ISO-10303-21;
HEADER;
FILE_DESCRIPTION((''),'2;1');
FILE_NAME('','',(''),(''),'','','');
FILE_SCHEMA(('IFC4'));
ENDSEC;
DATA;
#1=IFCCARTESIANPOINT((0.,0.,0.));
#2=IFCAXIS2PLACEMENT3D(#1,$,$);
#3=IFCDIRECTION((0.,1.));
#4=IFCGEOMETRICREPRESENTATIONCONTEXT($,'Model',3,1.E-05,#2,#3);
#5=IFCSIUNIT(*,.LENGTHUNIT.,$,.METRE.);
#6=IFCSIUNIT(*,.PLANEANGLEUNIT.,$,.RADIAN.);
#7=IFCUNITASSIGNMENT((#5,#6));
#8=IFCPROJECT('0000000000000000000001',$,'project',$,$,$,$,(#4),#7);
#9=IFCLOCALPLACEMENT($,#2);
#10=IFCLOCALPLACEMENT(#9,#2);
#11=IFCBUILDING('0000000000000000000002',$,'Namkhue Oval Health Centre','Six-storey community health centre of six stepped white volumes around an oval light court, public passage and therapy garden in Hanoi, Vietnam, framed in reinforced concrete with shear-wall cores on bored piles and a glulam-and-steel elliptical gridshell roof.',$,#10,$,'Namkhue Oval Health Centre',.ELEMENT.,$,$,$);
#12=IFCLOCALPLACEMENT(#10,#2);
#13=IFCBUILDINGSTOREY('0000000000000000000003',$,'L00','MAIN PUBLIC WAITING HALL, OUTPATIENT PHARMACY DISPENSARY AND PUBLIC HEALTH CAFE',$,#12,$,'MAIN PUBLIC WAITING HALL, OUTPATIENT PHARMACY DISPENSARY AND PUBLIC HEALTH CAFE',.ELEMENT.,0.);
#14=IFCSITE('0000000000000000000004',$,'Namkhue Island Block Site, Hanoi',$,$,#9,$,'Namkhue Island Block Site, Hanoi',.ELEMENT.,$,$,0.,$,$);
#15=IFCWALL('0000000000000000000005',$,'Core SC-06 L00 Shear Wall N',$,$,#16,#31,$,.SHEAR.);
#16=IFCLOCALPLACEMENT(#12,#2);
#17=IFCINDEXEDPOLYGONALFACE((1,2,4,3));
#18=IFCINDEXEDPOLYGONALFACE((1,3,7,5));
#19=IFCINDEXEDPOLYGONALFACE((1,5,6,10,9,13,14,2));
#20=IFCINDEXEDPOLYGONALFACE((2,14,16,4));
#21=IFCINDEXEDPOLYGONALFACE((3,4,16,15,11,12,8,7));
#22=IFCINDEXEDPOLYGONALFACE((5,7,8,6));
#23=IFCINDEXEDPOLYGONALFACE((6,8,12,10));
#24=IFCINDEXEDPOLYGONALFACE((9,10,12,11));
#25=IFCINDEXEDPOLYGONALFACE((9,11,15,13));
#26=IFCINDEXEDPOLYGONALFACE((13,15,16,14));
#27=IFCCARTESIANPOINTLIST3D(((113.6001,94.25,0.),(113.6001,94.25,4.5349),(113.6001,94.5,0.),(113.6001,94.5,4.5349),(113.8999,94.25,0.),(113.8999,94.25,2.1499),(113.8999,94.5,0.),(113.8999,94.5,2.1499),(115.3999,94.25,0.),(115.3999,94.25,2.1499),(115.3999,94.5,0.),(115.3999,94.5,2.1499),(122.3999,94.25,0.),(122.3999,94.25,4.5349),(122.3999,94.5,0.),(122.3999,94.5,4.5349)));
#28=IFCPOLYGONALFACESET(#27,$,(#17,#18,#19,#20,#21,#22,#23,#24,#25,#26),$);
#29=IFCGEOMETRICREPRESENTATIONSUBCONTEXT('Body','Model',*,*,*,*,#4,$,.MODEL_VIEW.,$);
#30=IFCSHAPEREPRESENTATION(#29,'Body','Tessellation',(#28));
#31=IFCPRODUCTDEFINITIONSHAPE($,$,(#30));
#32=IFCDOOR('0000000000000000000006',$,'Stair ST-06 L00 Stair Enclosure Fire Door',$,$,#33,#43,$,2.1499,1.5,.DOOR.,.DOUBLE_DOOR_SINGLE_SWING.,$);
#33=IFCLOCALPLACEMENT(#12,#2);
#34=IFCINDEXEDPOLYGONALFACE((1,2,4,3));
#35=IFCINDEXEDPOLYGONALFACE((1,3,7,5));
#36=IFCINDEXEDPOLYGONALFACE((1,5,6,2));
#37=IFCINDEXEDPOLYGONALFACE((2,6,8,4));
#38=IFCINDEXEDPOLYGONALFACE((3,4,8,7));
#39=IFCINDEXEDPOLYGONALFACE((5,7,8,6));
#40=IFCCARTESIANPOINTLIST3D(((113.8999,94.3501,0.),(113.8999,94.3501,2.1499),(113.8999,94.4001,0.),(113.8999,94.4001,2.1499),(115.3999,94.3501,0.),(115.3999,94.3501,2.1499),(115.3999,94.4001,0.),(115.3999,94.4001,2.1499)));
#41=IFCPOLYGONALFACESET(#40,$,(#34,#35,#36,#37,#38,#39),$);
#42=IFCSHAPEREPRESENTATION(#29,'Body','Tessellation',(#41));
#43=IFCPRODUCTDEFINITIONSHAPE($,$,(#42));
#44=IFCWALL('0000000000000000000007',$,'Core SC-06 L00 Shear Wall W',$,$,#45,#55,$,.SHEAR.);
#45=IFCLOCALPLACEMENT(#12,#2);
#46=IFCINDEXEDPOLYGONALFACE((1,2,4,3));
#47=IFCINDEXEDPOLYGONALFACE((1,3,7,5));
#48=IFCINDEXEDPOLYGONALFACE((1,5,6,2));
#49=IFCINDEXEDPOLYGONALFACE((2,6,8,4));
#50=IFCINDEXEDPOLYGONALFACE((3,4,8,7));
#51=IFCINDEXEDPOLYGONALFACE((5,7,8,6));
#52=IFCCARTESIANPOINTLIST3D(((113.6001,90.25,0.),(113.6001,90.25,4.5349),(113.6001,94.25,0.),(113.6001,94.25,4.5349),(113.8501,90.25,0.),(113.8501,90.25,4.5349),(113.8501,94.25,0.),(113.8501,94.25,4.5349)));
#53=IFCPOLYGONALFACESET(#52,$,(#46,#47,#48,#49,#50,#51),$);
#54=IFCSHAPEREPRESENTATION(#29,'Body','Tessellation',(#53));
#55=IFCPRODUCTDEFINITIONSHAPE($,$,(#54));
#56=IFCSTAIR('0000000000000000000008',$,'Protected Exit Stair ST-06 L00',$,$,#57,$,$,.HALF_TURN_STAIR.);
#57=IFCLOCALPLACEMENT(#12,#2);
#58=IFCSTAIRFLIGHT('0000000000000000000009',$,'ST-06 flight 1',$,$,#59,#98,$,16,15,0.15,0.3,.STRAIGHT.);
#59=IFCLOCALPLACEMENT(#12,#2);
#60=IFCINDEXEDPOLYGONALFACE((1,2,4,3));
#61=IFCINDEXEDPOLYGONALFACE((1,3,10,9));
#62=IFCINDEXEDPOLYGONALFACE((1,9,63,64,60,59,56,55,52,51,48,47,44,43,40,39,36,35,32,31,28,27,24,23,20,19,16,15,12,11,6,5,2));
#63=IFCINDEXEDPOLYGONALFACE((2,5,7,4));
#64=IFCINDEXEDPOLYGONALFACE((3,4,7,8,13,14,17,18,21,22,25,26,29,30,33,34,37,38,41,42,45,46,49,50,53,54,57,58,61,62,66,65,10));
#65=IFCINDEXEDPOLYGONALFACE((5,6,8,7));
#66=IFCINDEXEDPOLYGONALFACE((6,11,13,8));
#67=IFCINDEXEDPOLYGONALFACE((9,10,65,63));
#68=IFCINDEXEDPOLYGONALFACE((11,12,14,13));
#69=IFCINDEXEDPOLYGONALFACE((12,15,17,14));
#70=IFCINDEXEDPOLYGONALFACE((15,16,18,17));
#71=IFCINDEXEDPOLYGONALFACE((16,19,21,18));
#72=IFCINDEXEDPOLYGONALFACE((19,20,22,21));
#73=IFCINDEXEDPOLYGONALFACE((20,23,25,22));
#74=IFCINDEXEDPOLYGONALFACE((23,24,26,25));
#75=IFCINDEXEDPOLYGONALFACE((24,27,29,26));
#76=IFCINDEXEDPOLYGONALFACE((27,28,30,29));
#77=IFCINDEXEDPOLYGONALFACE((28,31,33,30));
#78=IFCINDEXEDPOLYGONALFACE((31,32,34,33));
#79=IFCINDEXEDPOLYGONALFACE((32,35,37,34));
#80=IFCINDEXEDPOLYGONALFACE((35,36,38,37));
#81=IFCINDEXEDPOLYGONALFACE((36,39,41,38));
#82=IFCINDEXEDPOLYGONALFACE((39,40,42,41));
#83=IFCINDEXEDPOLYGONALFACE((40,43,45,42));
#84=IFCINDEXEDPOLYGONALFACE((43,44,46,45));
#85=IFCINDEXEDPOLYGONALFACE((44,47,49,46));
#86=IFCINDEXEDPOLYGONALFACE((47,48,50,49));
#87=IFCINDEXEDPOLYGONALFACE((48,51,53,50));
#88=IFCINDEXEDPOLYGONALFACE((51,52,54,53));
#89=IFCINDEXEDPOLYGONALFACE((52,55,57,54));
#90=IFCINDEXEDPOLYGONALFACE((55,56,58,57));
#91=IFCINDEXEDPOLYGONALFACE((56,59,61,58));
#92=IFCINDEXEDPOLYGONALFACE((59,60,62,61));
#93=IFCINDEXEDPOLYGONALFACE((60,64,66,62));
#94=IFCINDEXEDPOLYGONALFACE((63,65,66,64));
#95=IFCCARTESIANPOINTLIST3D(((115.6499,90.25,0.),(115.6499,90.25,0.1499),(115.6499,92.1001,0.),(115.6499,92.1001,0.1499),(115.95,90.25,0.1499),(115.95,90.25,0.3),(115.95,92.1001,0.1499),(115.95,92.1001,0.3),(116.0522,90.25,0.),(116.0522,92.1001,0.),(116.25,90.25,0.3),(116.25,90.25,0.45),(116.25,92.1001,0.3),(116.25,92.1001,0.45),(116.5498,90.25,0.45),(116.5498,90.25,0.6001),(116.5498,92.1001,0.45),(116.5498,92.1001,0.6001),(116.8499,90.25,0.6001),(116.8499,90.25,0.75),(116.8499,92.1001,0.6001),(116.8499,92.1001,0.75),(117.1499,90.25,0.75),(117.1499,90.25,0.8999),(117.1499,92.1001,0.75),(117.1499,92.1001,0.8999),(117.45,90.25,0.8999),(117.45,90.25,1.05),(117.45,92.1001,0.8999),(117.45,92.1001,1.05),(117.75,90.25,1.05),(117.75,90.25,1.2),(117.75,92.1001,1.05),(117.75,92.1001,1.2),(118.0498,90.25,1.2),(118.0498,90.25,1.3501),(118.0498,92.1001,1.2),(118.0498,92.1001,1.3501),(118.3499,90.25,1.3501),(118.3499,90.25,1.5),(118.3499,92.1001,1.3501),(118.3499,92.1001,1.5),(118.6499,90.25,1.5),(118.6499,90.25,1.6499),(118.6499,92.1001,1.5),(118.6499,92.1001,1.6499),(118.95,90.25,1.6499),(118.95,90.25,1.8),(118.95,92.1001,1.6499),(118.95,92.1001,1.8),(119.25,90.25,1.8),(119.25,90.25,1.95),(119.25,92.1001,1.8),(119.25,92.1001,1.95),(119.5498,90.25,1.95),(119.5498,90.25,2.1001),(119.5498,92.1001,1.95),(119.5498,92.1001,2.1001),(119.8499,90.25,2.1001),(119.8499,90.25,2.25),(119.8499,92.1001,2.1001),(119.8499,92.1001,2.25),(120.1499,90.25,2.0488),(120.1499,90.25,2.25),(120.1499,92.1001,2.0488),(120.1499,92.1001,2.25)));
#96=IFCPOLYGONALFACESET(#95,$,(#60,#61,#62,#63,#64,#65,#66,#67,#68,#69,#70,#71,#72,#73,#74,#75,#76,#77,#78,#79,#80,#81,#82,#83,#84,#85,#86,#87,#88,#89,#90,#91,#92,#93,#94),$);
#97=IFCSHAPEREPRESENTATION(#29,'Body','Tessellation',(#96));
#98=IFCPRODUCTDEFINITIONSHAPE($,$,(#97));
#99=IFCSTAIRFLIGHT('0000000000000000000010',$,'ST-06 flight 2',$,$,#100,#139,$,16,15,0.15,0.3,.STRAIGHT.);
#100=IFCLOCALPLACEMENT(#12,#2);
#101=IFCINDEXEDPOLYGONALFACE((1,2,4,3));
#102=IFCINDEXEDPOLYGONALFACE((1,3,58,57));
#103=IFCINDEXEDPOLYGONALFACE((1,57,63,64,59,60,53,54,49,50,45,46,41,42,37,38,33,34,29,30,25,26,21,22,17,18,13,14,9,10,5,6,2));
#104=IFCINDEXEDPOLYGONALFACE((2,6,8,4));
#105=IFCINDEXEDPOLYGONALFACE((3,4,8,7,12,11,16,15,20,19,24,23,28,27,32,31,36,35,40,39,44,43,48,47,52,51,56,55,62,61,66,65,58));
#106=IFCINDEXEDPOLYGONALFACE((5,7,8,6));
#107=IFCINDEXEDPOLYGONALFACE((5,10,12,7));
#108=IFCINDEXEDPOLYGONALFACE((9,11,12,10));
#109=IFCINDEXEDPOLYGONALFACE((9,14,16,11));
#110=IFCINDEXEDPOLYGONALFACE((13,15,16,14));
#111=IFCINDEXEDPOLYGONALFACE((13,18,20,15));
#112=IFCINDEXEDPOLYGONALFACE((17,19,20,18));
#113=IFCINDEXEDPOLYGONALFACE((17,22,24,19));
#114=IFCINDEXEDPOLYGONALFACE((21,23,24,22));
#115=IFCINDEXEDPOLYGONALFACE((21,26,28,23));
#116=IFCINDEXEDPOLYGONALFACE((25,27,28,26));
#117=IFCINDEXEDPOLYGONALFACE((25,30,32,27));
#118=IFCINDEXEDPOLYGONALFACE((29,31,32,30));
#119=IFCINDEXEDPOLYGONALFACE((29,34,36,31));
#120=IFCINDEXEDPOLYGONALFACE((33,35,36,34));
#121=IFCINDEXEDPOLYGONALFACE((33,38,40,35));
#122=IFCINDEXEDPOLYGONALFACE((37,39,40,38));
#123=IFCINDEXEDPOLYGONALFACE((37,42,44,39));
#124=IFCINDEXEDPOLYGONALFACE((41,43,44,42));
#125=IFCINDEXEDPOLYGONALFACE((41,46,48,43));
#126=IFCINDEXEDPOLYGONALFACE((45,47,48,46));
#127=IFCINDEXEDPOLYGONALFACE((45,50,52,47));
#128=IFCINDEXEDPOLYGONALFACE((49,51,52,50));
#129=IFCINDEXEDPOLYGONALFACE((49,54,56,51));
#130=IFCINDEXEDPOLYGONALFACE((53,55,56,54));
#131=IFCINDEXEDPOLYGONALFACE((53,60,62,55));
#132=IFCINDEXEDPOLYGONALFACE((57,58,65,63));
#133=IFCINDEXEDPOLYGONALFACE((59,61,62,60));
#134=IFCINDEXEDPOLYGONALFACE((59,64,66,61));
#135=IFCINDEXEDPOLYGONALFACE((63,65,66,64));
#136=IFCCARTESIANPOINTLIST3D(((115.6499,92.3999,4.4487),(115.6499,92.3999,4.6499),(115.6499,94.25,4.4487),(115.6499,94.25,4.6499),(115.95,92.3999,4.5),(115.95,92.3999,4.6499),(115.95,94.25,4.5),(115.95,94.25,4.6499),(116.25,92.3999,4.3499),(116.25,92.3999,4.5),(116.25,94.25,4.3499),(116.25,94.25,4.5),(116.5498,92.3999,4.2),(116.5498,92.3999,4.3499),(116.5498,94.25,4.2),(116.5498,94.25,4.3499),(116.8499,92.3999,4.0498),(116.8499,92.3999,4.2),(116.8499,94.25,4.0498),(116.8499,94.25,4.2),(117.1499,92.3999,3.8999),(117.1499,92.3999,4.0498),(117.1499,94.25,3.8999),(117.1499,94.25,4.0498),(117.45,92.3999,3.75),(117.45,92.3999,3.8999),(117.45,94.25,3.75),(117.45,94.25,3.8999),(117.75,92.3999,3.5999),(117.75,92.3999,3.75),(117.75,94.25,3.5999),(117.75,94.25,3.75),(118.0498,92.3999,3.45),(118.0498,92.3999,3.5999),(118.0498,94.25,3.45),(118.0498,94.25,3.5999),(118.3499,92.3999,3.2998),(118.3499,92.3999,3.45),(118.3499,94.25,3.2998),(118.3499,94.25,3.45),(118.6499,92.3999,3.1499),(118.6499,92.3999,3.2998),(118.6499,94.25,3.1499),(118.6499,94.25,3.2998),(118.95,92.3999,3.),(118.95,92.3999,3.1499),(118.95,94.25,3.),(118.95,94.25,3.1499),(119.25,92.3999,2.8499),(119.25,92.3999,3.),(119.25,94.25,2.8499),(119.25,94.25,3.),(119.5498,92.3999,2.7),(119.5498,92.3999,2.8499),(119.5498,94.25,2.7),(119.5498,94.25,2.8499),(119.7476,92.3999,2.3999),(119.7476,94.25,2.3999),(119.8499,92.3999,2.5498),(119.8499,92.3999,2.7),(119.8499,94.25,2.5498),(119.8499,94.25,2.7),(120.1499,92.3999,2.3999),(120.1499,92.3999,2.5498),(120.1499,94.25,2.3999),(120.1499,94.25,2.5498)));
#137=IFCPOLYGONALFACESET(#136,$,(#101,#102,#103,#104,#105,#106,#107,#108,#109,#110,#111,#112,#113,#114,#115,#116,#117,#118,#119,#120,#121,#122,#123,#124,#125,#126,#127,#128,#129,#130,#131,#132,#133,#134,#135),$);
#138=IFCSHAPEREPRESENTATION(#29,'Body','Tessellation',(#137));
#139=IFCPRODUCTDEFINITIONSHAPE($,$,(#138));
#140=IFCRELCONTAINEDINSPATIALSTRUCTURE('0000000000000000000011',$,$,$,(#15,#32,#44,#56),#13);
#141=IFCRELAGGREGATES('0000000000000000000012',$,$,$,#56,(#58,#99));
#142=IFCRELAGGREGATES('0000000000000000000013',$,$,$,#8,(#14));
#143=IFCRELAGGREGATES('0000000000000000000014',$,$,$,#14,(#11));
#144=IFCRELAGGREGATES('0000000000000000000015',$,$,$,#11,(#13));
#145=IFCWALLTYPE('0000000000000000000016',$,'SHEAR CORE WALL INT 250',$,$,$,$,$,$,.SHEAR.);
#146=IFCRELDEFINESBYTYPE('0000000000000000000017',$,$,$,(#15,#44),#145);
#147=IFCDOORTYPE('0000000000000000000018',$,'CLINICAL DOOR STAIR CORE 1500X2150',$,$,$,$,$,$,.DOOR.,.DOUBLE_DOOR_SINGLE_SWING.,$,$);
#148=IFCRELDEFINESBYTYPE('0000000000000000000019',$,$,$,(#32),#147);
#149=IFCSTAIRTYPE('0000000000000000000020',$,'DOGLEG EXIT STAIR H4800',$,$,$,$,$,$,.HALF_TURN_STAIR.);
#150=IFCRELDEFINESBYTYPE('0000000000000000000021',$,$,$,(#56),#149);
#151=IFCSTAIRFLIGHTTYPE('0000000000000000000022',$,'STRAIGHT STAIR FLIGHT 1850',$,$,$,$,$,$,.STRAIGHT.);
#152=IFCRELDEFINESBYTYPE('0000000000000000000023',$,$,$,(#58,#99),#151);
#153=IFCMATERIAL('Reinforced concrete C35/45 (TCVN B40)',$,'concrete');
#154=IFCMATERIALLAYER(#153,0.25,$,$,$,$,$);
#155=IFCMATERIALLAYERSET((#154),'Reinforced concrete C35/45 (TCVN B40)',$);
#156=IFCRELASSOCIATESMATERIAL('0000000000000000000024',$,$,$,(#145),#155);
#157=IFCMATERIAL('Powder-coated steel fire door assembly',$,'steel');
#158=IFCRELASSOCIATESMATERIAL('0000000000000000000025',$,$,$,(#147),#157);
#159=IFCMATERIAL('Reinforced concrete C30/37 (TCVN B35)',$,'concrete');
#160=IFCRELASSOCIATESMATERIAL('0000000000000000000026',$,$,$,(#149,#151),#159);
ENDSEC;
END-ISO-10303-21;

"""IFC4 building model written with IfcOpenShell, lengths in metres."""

from ifc_helpers import new_model, si_unit, direction, frame, frame_2d, origin, place, context, subcontext, project, spatial, polyline, rectangle, outline, extrude, material, layer, layer_set, type_object, element, fill, aggregate, save


model = new_model("IFC4")

# Units and contexts
model_context = context("Model", 3, precision=1e-05, world=origin(), true_north=direction((0.0, 1.0)))
body_context = subcontext(model_context, "Body", "Model", "MODEL_VIEW")
ifc_project = project(units=[si_unit("LENGTHUNIT", "METRE"), si_unit("PLANEANGLEUNIT", "RADIAN")], contexts=[model_context])

# Site, building, storey
site_placement = place(None, origin())
site = spatial("IfcSite", under=ifc_project, at=site_placement, Name="Namkhue Island Block Site, Hanoi", LongName="Namkhue Island Block Site, Hanoi", CompositionType="ELEMENT", RefElevation=0.0)
building_placement = place(site_placement, origin())
building = spatial("IfcBuilding", under=site, at=building_placement, Name="Namkhue Oval Health Centre", Description="Six-storey community health centre of six stepped white volumes around an oval light court, public passage and therapy garden in Hanoi, Vietnam, framed in reinforced concrete with shear-wall cores on bored piles and a glulam-and-steel elliptical gridshell roof.", LongName="Namkhue Oval Health Centre", CompositionType="ELEMENT")
storey_placement = place(building_placement, origin())
storey = spatial("IfcBuildingStorey", under=building, at=storey_placement, Name="L00", Description="MAIN PUBLIC WAITING HALL, OUTPATIENT PHARMACY DISPENSARY AND PUBLIC HEALTH CAFE", LongName="MAIN PUBLIC WAITING HALL, OUTPATIENT PHARMACY DISPENSARY AND PUBLIC HEALTH CAFE", CompositionType="ELEMENT", Elevation=0.0)

# Shared definitions
ifc_material_1 = material(Name="Reinforced concrete C30/37 (TCVN B35)", Category="concrete")

# Shared definitions
ifc_material_2 = material(Name="Reinforced concrete C35/45 (TCVN B40)", Category="concrete")

# Shared definitions
ifc_layer_1 = layer(ifc_material_2, 0.25)
ifc_layer_set_1 = layer_set([ifc_layer_1], Name="Reinforced concrete C35/45 (TCVN B40)")
wall_type_1 = type_object("IfcWallType", Name="SHEAR CORE WALL INT 250", PredefinedType="SHEAR", material=ifc_layer_set_1)

# Wall, opening, door
wall_1_placement = place(storey_placement, frame((122.3999, 94.375, 0.0), z_axis=(0.0, 0.0, 1.0), x_axis=(-1.0, 0.0, 0.0)))
wall_1 = element("IfcWall", 1, at=wall_1_placement, inside=storey, type_object=wall_type_1, Name="Core SC-06 L00 Shear Wall N", PredefinedType="SHEAR", context=body_context, shape_type="SweptSolid", body=[
    extrude(rectangle(XDim=8.7998, YDim=0.25, at=frame_2d((4.3999, 0.0))), origin(), (0.0, 0.0, 1.0), 4.5349),
])
opening_1_placement = place(wall_1_placement, frame((7.0, 0.0, 0.0)))
opening_1 = element("IfcOpeningElement", 2, at=opening_1_placement, cuts=wall_1, PredefinedType="OPENING", context=body_context, shape_type="SweptSolid", body=[
    extrude(rectangle(XDim=1.5, YDim=2.1499, at=frame_2d((0.75, 1.075))), frame((0.0, 0.135, 0.0), z_axis=(0.0, -1.0, 0.0), x_axis=(1.0, 0.0, 0.0)), (0.0, 0.0, 1.0), 0.27),
])
ifc_material_3 = material(Name="Powder-coated steel fire door assembly", Category="steel")
door_type_1 = type_object("IfcDoorType", Name="CLINICAL DOOR STAIR CORE 1500X2150", OperationType="DOUBLE_DOOR_SINGLE_SWING", PredefinedType="DOOR", material=ifc_material_3)
door_1_placement = place(opening_1_placement, origin())
door_1 = element("IfcDoor", 3, at=door_1_placement, inside=storey, type_object=door_type_1, Name="Stair ST-06 L00 Stair Enclosure Fire Door", OperationType="DOUBLE_DOOR_SINGLE_SWING", OverallHeight=2.1499, OverallWidth=1.5, PredefinedType="DOOR", context=body_context, shape_type="SweptSolid", body=[
    extrude(rectangle(XDim=1.5, YDim=2.1499, at=frame_2d((0.75, 1.075))), frame((0.0, 0.0249, 0.0), z_axis=(0.0, -1.0, 0.0), x_axis=(1.0, 0.0, 0.0)), (0.0, 0.0, 1.0), 0.05),
])
fill(opening_1, door_1)

# Wall
wall_2_placement = place(storey_placement, frame((113.7251, 94.25, 0.0), z_axis=(0.0, 0.0, 1.0), x_axis=(0.0, -1.0, 0.0)))
element("IfcWall", 4, at=wall_2_placement, inside=storey, type_object=wall_type_1, Name="Core SC-06 L00 Shear Wall W", PredefinedType="SHEAR", context=body_context, shape_type="SweptSolid", body=[
    extrude(rectangle(XDim=4.0, YDim=0.25, at=frame_2d((2.0, 0.0))), origin(), (0.0, 0.0, 1.0), 4.5349),
])

# Stair, stair flights
stair_type = type_object("IfcStairType", Name="DOGLEG EXIT STAIR H4800", PredefinedType="HALF_TURN_STAIR", material=ifc_material_1)
stair_placement = place(storey_placement, origin())
stair = element("IfcStair", 5, at=stair_placement, inside=storey, type_object=stair_type, Name="Protected Exit Stair ST-06 L00", PredefinedType="HALF_TURN_STAIR")
stair_flight_type = type_object("IfcStairFlightType", Name="STRAIGHT STAIR FLIGHT 1850", PredefinedType="STRAIGHT", material=ifc_material_1)
stair_flight_1_placement = place(storey_placement, frame((115.6499, 91.175, 0.0), z_axis=(0.0, 0.0, 1.0), x_axis=(1.0, 0.0, 0.0)))
stair_flight_1 = element("IfcStairFlight", 6, at=stair_flight_1_placement, type_object=stair_flight_type, Name="ST-06 flight 1", NumberOfRisers=16, NumberOfTreads=15, PredefinedType="STRAIGHT", RiserHeight=0.15, TreadLength=0.3, context=body_context, shape_type="SweptSolid", body=[
    extrude(outline(polyline([(0.0, 0.0), (0.0, 0.1499), (0.3, 0.1499), (0.3, 0.3), (0.6001, 0.3), (0.6001, 0.45), (0.8999, 0.45), (0.8999, 0.6001), (1.2, 0.6001), (1.2, 0.75), (1.5, 0.75), (1.5, 0.8999), (1.8, 0.8999), (1.8, 1.05), (2.1001, 1.05), (2.1001, 1.2), (2.3999, 1.2), (2.3999, 1.3501), (2.7, 1.3501), (2.7, 1.5), (3.0, 1.5), (3.0, 1.6499), (3.3, 1.6499), (3.3, 1.8), (3.6001, 1.8), (3.6001, 1.95), (3.8999, 1.95), (3.8999, 2.1001), (4.2, 2.1001), (4.2, 2.25), (4.5, 2.25), (4.5, 2.3999), (4.5, 2.0488), (0.4023, 0.0), (0.0, 0.0)])), frame((0.0, 0.925, 0.0), z_axis=(0.0, -1.0, 0.0), x_axis=(1.0, 0.0, 0.0)), (0.0, 0.0, 1.0), 1.8501),
])
stair_flight_2_placement = place(storey_placement, frame((120.1499, 93.325, 2.3999), z_axis=(0.0, 0.0, 1.0), x_axis=(-1.0, 0.0, 0.0)))
stair_flight_2 = element("IfcStairFlight", 7, at=stair_flight_2_placement, type_object=stair_flight_type, Name="ST-06 flight 2", NumberOfRisers=16, NumberOfTreads=15, PredefinedType="STRAIGHT", RiserHeight=0.15, TreadLength=0.3, context=body_context, shape_type="SweptSolid", body=[
    extrude(outline(polyline([(0.0, 0.0), (0.0, 0.1499), (0.3, 0.1499), (0.3, 0.3), (0.6001, 0.3), (0.6001, 0.45), (0.8999, 0.45), (0.8999, 0.6001), (1.2, 0.6001), (1.2, 0.75), (1.5, 0.75), (1.5, 0.8999), (1.8, 0.8999), (1.8, 1.05), (2.1001, 1.05), (2.1001, 1.2), (2.3999, 1.2), (2.3999, 1.3501), (2.7, 1.3501), (2.7, 1.5), (3.0, 1.5), (3.0, 1.6499), (3.3, 1.6499), (3.3, 1.8), (3.6001, 1.8), (3.6001, 1.95), (3.8999, 1.95), (3.8999, 2.1001), (4.2, 2.1001), (4.2, 2.25), (4.5, 2.25), (4.5, 2.3999), (4.5, 2.0488), (0.4023, 0.0), (0.0, 0.0)])), frame((0.0, 0.925, 0.0), z_axis=(0.0, -1.0, 0.0), x_axis=(1.0, 0.0, 0.0)), (0.0, 0.0, 1.0), 1.8501),
])
aggregate(stair, [stair_flight_1, stair_flight_2])

save(model, "model.ifc")
